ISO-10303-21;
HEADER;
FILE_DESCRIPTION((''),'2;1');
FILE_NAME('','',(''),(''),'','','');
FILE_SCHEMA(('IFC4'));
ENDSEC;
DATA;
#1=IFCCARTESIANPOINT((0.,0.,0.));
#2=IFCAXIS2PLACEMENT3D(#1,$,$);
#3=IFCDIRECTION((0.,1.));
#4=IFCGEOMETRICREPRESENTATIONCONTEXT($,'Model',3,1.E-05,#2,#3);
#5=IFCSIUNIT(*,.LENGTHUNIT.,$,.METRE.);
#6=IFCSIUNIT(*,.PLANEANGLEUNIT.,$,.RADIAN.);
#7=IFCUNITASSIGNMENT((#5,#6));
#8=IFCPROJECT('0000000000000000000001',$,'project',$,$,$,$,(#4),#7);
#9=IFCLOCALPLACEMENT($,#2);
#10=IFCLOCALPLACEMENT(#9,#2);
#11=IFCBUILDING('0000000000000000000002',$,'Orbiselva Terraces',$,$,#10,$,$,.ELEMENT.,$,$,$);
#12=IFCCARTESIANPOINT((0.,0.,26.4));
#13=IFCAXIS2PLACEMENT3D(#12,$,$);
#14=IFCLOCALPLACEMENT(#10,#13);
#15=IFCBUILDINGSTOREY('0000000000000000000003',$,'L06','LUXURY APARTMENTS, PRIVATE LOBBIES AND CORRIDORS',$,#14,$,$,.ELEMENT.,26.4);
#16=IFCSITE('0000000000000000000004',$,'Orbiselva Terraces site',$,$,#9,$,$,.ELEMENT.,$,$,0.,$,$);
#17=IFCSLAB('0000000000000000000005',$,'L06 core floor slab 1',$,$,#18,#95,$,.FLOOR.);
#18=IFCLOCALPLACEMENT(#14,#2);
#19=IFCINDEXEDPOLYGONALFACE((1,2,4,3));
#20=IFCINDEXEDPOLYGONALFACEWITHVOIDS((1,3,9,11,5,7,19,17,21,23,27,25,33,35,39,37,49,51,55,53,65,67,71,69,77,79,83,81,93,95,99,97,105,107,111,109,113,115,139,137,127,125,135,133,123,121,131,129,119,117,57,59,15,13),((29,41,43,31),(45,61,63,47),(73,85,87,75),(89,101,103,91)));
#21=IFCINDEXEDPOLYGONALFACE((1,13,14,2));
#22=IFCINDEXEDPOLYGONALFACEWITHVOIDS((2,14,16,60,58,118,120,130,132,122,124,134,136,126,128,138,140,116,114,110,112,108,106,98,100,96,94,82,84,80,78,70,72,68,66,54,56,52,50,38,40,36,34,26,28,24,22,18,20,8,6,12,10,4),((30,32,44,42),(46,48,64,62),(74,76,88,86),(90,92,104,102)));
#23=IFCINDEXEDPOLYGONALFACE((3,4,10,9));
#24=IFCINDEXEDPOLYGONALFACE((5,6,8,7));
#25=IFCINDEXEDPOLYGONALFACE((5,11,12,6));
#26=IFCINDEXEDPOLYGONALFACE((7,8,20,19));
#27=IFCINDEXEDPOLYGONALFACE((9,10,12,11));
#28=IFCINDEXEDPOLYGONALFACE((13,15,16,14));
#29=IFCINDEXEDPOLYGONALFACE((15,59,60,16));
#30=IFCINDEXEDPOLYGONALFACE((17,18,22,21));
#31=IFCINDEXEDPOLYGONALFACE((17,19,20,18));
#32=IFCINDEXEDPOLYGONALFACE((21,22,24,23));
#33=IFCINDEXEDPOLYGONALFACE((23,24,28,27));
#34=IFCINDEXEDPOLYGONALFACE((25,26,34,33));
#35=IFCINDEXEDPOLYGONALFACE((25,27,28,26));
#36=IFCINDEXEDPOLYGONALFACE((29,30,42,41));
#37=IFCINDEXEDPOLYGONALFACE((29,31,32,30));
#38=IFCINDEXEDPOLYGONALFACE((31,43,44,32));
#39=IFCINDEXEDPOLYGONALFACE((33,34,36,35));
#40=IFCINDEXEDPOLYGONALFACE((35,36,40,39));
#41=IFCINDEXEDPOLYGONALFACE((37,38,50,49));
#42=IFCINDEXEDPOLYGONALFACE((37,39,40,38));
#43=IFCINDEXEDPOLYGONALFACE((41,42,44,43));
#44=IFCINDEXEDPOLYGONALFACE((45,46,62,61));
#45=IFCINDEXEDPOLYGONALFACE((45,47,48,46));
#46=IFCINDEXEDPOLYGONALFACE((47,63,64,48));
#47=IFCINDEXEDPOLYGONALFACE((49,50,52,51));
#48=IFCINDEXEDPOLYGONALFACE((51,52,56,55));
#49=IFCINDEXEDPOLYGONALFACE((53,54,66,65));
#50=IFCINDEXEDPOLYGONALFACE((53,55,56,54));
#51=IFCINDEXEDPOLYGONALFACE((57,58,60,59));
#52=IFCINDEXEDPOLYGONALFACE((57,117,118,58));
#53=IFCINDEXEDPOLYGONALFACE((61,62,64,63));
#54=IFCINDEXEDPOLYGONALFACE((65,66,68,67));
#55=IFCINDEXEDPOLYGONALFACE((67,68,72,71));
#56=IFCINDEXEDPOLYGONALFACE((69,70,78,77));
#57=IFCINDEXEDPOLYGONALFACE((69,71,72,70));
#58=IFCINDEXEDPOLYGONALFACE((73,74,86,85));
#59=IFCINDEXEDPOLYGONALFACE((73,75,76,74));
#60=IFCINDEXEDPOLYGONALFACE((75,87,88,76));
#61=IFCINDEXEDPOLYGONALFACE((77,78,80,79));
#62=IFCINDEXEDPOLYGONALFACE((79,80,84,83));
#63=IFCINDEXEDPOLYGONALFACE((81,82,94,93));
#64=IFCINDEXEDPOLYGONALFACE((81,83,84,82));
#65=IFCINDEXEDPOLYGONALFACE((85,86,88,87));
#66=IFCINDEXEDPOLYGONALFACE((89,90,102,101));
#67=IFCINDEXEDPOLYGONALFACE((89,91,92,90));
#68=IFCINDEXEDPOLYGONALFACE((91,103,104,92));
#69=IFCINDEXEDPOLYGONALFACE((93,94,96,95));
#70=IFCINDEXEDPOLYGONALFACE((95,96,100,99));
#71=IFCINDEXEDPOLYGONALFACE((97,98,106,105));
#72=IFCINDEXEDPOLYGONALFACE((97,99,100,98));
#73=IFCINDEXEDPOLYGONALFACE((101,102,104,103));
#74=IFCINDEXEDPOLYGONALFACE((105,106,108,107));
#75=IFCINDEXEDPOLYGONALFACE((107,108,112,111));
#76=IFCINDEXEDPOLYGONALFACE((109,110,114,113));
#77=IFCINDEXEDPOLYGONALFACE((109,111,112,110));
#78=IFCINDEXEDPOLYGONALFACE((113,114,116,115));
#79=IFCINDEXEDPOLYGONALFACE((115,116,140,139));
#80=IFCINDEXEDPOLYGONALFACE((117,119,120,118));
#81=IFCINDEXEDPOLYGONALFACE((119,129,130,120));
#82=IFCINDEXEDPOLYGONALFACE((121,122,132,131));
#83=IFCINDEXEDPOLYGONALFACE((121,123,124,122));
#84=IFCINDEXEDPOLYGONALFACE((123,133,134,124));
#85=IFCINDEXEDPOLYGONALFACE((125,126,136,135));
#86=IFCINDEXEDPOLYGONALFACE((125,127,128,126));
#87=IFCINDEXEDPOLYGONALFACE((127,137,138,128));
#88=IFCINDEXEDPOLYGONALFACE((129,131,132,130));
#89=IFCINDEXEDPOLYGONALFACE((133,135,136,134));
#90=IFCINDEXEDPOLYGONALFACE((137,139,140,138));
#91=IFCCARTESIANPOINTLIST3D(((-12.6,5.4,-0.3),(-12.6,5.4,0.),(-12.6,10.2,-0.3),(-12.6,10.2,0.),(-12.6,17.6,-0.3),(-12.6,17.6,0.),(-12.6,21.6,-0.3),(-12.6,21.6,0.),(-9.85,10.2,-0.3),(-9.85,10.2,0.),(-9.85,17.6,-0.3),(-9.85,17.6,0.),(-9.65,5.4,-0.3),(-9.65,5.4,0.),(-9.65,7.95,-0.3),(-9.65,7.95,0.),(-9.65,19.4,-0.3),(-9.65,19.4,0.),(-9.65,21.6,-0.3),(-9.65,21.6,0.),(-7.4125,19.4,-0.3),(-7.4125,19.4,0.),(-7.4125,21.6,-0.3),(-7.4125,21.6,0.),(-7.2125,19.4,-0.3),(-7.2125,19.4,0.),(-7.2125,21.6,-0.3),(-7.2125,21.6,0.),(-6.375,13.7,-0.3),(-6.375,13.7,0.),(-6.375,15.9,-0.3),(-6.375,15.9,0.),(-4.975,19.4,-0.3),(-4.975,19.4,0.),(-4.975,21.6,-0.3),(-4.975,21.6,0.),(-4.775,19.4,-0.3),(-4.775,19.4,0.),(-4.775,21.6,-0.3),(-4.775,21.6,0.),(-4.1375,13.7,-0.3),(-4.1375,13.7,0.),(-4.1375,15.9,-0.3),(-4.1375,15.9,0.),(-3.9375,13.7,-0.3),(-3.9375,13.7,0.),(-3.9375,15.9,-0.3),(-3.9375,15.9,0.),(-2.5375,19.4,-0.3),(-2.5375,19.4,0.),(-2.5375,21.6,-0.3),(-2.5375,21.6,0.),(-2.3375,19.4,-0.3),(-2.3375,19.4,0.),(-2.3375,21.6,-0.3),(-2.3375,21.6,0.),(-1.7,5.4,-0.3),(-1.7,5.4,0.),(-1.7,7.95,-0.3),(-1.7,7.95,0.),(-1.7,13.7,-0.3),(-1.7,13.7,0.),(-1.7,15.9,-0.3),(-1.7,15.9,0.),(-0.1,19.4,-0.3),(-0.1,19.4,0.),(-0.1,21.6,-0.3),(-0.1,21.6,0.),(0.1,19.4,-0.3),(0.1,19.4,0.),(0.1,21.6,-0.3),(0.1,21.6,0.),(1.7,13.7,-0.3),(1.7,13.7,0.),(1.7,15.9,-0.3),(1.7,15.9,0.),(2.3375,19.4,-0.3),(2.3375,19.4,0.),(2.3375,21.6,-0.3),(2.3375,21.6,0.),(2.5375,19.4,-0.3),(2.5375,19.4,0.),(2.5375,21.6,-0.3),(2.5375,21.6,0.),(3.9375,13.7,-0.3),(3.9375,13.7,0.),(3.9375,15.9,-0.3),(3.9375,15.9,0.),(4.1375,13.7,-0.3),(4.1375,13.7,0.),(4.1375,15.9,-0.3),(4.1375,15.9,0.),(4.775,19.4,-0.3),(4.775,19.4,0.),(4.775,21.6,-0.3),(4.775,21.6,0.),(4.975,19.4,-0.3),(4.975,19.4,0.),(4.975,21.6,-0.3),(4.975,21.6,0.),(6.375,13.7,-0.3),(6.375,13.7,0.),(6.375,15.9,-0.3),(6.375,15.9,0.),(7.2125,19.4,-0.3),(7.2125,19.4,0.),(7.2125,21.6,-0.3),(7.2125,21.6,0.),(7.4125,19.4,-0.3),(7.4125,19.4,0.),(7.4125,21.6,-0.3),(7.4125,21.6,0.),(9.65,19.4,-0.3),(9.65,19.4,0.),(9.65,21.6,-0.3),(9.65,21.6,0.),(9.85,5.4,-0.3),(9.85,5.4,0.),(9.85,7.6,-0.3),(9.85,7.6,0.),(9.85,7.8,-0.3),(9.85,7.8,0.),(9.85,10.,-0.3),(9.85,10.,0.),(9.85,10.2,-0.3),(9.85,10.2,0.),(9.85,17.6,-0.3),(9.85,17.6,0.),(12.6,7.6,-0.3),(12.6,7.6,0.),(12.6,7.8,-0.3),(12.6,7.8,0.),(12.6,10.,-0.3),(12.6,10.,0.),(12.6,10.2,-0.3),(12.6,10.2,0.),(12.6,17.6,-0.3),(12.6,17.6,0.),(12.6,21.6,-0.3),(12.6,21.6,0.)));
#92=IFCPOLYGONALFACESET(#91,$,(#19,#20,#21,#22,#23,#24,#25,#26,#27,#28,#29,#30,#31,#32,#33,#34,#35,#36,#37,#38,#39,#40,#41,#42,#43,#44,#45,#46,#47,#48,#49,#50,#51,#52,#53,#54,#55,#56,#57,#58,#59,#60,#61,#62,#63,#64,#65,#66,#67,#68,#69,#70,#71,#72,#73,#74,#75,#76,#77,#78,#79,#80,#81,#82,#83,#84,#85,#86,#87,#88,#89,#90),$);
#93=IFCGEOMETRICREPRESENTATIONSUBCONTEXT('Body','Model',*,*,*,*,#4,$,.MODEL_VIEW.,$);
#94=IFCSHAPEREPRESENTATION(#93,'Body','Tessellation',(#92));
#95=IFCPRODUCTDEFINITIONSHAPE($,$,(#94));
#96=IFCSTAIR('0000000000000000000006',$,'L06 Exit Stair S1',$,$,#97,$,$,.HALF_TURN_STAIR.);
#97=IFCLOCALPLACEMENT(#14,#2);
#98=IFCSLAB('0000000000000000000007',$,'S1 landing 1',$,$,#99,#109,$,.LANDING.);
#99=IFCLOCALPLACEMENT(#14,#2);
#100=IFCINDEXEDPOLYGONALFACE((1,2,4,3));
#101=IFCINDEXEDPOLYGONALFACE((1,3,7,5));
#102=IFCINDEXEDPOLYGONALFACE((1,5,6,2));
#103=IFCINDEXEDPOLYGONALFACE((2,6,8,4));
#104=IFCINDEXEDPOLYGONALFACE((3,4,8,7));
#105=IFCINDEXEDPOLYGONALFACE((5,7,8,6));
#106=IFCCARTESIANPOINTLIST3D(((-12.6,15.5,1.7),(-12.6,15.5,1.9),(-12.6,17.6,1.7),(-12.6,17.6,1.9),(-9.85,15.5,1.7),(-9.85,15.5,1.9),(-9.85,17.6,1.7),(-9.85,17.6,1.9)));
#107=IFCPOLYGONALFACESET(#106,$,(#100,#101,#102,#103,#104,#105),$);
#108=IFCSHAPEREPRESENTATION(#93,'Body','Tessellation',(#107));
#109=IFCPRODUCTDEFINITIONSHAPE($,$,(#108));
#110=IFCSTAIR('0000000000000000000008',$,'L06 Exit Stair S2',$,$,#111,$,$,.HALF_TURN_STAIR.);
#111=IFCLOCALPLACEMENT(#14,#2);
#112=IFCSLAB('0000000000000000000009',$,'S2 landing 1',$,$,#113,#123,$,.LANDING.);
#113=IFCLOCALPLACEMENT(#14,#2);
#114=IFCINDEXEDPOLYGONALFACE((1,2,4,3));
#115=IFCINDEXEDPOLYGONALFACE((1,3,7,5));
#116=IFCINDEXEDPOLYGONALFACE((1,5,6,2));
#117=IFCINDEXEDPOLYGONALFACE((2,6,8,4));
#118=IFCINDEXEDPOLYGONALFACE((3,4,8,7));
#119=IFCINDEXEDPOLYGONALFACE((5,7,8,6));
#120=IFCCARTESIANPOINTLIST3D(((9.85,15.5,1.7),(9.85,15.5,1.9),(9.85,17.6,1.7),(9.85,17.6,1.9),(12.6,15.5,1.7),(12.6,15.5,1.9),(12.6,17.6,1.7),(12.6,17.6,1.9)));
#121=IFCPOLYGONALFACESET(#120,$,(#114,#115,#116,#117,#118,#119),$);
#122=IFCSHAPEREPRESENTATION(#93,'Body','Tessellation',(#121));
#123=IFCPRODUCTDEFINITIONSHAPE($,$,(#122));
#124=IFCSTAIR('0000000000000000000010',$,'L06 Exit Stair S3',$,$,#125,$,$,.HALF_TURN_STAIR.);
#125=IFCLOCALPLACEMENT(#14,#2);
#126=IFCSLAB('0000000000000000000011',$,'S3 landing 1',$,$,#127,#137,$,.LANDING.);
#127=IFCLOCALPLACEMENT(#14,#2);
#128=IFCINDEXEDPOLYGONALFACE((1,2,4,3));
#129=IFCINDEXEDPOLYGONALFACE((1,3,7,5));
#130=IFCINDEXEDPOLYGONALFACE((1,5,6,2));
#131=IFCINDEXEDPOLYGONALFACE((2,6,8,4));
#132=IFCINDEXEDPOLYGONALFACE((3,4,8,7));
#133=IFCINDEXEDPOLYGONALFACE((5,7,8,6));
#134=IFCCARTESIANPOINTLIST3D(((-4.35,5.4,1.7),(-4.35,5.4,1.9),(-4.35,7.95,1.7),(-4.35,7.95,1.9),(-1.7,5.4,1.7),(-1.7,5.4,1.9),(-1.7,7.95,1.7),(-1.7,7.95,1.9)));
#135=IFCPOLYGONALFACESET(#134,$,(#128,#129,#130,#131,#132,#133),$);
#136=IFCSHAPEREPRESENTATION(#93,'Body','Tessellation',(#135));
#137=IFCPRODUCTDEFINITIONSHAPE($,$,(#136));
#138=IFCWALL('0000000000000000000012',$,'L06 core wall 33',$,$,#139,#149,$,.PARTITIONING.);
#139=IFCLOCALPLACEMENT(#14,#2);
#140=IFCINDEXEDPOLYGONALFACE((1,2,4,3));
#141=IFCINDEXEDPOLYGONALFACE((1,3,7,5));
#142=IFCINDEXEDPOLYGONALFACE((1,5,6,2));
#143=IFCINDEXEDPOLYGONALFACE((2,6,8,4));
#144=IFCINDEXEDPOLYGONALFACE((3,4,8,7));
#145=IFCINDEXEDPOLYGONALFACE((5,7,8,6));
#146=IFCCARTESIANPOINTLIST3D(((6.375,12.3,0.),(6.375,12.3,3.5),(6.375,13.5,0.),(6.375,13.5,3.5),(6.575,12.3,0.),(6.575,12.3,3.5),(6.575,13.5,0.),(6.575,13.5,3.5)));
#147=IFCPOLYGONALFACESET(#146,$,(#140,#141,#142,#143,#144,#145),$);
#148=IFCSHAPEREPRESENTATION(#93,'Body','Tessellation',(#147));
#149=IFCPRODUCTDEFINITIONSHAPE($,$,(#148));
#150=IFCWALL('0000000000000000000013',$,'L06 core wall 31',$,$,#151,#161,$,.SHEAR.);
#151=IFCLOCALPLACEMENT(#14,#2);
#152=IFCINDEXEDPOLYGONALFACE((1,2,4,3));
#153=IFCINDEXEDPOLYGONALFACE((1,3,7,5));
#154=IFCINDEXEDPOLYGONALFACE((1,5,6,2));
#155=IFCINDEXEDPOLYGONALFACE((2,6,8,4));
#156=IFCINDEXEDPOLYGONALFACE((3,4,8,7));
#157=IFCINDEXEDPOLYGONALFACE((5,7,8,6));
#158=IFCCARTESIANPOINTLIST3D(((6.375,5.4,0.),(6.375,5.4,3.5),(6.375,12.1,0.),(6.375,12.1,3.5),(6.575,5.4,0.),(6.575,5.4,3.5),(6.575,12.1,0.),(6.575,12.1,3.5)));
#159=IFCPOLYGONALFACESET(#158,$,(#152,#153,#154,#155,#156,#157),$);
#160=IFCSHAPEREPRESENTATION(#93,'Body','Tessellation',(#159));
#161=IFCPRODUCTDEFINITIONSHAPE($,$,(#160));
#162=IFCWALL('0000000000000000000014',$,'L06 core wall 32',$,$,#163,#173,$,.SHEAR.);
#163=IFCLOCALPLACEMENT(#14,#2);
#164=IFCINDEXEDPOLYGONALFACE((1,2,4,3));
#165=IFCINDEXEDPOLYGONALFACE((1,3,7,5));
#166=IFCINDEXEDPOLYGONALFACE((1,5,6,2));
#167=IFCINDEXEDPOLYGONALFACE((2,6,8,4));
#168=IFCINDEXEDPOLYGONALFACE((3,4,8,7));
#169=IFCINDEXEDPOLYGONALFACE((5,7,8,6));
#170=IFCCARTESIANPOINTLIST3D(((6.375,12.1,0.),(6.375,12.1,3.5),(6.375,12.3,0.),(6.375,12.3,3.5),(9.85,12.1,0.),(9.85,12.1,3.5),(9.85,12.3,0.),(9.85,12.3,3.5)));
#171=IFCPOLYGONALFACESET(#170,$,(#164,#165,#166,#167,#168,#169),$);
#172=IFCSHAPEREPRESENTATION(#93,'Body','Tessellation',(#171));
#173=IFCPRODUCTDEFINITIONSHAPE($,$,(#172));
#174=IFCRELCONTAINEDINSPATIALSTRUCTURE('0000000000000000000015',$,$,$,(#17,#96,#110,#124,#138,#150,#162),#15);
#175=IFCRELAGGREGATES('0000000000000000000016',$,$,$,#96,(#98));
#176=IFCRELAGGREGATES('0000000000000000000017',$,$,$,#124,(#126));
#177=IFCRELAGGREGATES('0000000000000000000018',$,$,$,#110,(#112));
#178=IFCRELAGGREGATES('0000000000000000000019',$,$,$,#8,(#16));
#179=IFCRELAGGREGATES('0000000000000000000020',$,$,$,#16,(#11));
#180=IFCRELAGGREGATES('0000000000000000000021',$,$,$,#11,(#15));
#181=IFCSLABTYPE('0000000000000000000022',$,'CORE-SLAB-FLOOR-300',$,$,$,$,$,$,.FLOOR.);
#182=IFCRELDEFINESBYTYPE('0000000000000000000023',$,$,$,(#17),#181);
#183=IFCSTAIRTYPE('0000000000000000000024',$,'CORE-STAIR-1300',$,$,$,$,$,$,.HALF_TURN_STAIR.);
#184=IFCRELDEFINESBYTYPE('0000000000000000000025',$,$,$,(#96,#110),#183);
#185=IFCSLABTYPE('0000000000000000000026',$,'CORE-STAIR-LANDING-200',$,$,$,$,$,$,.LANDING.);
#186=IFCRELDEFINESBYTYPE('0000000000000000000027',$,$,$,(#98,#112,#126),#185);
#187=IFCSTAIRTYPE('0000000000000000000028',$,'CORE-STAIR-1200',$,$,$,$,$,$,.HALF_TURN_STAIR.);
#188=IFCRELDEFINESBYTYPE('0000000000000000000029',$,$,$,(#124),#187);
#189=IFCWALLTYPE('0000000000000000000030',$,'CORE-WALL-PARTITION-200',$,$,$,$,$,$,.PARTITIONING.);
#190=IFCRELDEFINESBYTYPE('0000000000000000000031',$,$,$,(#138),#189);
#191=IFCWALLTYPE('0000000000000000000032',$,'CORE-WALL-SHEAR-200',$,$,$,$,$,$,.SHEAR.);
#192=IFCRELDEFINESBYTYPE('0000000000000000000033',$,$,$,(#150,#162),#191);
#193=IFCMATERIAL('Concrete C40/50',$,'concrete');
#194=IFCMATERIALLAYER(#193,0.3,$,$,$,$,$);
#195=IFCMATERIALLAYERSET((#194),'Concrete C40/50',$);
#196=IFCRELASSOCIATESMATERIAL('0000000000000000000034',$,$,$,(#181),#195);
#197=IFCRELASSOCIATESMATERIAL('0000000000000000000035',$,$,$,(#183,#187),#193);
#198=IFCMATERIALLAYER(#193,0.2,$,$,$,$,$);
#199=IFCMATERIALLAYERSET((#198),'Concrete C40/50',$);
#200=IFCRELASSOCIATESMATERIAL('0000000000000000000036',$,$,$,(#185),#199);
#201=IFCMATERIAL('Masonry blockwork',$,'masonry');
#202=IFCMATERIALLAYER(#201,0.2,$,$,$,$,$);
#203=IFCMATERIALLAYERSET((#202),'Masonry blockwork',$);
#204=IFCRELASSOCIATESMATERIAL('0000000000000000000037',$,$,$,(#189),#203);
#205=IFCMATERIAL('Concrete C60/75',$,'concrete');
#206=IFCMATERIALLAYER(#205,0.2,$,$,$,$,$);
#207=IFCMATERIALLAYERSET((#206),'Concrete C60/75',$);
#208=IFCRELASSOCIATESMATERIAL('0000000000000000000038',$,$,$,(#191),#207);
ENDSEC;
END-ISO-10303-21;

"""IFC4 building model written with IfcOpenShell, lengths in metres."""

from ifc_helpers import new_model, si_unit, direction, frame, frame_2d, origin, place, context, subcontext, project, spatial, polyline, rectangle, outline, extrude, material, layer, layer_set, type_object, element, aggregate, save


model = new_model("IFC4")

# Units and contexts
model_context = context("Model", 3, precision=1e-05, world=origin(), true_north=direction((0.0, 1.0)))
body_context = subcontext(model_context, "Body", "Model", "MODEL_VIEW")
ifc_project = project(units=[si_unit("LENGTHUNIT", "METRE"), si_unit("PLANEANGLEUNIT", "RADIAN")], contexts=[model_context])

# Site, building, storey
site_placement = place(None, origin())
site = spatial("IfcSite", under=ifc_project, at=site_placement, Name="Orbiselva Terraces site", CompositionType="ELEMENT", RefElevation=0.0)
building_placement = place(site_placement, origin())
building = spatial("IfcBuilding", under=site, at=building_placement, Name="Orbiselva Terraces", CompositionType="ELEMENT")
storey_placement = place(building_placement, frame((0.0, 0.0, 26.4)))
storey = spatial("IfcBuildingStorey", under=building, at=storey_placement, Name="L06", Description="LUXURY APARTMENTS, PRIVATE LOBBIES AND CORRIDORS", CompositionType="ELEMENT", Elevation=26.4)

# Slab
ifc_material_1 = material(Name="Concrete C40/50", Category="concrete")
ifc_layer_1 = layer(ifc_material_1, 0.3)
ifc_layer_set_1 = layer_set([ifc_layer_1], Name="Concrete C40/50")
slab_type_1 = type_object("IfcSlabType", Name="CORE-SLAB-FLOOR-300", PredefinedType="FLOOR", material=ifc_layer_set_1)
slab_1_placement = place(storey_placement, frame((0.0, 0.0, -0.3)))
element("IfcSlab", 1, at=slab_1_placement, inside=storey, type_object=slab_type_1, Name="L06 core floor slab 1", PredefinedType="FLOOR", context=body_context, shape_type="SweptSolid", body=[
    extrude(outline(polyline([(-1.7, 5.4), (-1.7, 7.95), (-9.65, 7.95), (-9.65, 5.4), (-12.6, 5.4), (-12.6, 10.2), (-9.85, 10.2), (-9.85, 17.6), (-12.6, 17.6), (-12.6, 21.6), (-9.65, 21.6), (-9.65, 19.4), (-7.4125, 19.4), (-7.4125, 21.6), (-7.2125, 21.6), (-7.2125, 19.4), (-4.975, 19.4), (-4.975, 21.6), (-4.775, 21.6), (-4.775, 19.4), (-2.5375, 19.4), (-2.5375, 21.6), (-2.3375, 21.6), (-2.3375, 19.4), (-0.1, 19.4), (-0.1, 21.6), (0.1, 21.6), (0.1, 19.4), (2.3375, 19.4), (2.3375, 21.6), (2.5375, 21.6), (2.5375, 19.4), (4.775, 19.4), (4.775, 21.6), (4.975, 21.6), (4.975, 19.4), (7.2125, 19.4), (7.2125, 21.6), (7.4125, 21.6), (7.4125, 19.4), (9.65, 19.4), (9.65, 21.6), (12.6, 21.6), (12.6, 17.6), (9.85, 17.6), (9.85, 10.2), (12.6, 10.2), (12.6, 10.0), (9.85, 10.0), (9.85, 7.8), (12.6, 7.8), (12.6, 7.6), (9.85, 7.6), (9.85, 5.4), (-1.7, 5.4)]), holes=[polyline([(-4.1375, 13.7), (-4.1375, 15.9), (-6.375, 15.9), (-6.375, 13.7), (-4.1375, 13.7)]), polyline([(-1.7, 13.7), (-1.7, 15.9), (-3.9375, 15.9), (-3.9375, 13.7), (-1.7, 13.7)]), polyline([(3.9375, 13.7), (3.9375, 15.9), (1.7, 15.9), (1.7, 13.7), (3.9375, 13.7)]), polyline([(6.375, 13.7), (6.375, 15.9), (4.1375, 15.9), (4.1375, 13.7), (6.375, 13.7)])]), origin(), (0.0, 0.0, 1.0), 0.3),
])

# Stairs, slabs
stair_type_1 = type_object("IfcStairType", Name="CORE-STAIR-1300", PredefinedType="HALF_TURN_STAIR", material=ifc_material_1)
stair_1_placement = place(storey_placement, origin())
stair_1 = element("IfcStair", 2, at=stair_1_placement, inside=storey, type_object=stair_type_1, Name="L06 Exit Stair S1", PredefinedType="HALF_TURN_STAIR")
ifc_layer_2 = layer(ifc_material_1, 0.2)
ifc_layer_set_2 = layer_set([ifc_layer_2], Name="Concrete C40/50")
slab_type_2 = type_object("IfcSlabType", Name="CORE-STAIR-LANDING-200", PredefinedType="LANDING", material=ifc_layer_set_2)
slab_2_placement = place(storey_placement, frame((0.0, 0.0, 1.7)))
slab_2 = element("IfcSlab", 3, at=slab_2_placement, type_object=slab_type_2, Name="S1 landing 1", PredefinedType="LANDING", context=body_context, shape_type="SweptSolid", body=[
    extrude(outline(polyline([(-9.85, 15.5), (-9.85, 17.6), (-12.6, 17.6), (-12.6, 15.5), (-9.85, 15.5)])), origin(), (0.0, 0.0, 1.0), 0.2),
])
aggregate(stair_1, [slab_2])
stair_2_placement = place(storey_placement, origin())
stair_2 = element("IfcStair", 4, at=stair_2_placement, inside=storey, type_object=stair_type_1, Name="L06 Exit Stair S2", PredefinedType="HALF_TURN_STAIR")
slab_3_placement = place(storey_placement, frame((0.0, 0.0, 1.7)))
slab_3 = element("IfcSlab", 5, at=slab_3_placement, type_object=slab_type_2, Name="S2 landing 1", PredefinedType="LANDING", context=body_context, shape_type="SweptSolid", body=[
    extrude(outline(polyline([(12.6, 15.5), (12.6, 17.6), (9.85, 17.6), (9.85, 15.5), (12.6, 15.5)])), origin(), (0.0, 0.0, 1.0), 0.2),
])
stair_type_2 = type_object("IfcStairType", Name="CORE-STAIR-1200", PredefinedType="HALF_TURN_STAIR", material=ifc_material_1)
stair_3_placement = place(storey_placement, origin())
stair_3 = element("IfcStair", 6, at=stair_3_placement, inside=storey, type_object=stair_type_2, Name="L06 Exit Stair S3", PredefinedType="HALF_TURN_STAIR")
slab_4_placement = place(storey_placement, frame((0.0, 0.0, 1.7)))
slab_4 = element("IfcSlab", 7, at=slab_4_placement, type_object=slab_type_2, Name="S3 landing 1", PredefinedType="LANDING", context=body_context, shape_type="SweptSolid", body=[
    extrude(outline(polyline([(-4.35, 5.4), (-1.7, 5.4), (-1.7, 7.95), (-4.35, 7.95), (-4.35, 5.4)])), origin(), (0.0, 0.0, 1.0), 0.2),
])
aggregate(stair_3, [slab_4])

# Walls
ifc_material_2 = material(Name="Masonry blockwork", Category="masonry")
ifc_layer_3 = layer(ifc_material_2, 0.2)
ifc_layer_set_3 = layer_set([ifc_layer_3], Name="Masonry blockwork")
wall_type_1 = type_object("IfcWallType", Name="CORE-WALL-PARTITION-200", PredefinedType="PARTITIONING", material=ifc_layer_set_3)
wall_1_placement = place(storey_placement, frame((6.475, 12.3, 0.0), z_axis=(0.0, 0.0, 1.0), x_axis=(0.0, 1.0, 0.0)))
element("IfcWall", 8, at=wall_1_placement, inside=storey, type_object=wall_type_1, Name="L06 core wall 33", PredefinedType="PARTITIONING", context=body_context, shape_type="SweptSolid", body=[
    extrude(rectangle(XDim=1.2, YDim=0.2, at=frame_2d((0.6, 0.0))), origin(), (0.0, 0.0, 1.0), 3.5),
])
ifc_material_3 = material(Name="Concrete C60/75", Category="concrete")
ifc_layer_4 = layer(ifc_material_3, 0.2)
ifc_layer_set_4 = layer_set([ifc_layer_4], Name="Concrete C60/75")
wall_type_2 = type_object("IfcWallType", Name="CORE-WALL-SHEAR-200", PredefinedType="SHEAR", material=ifc_layer_set_4)
wall_2_placement = place(storey_placement, frame((6.475, 5.4, 0.0), z_axis=(0.0, 0.0, 1.0), x_axis=(0.0, 1.0, 0.0)))
element("IfcWall", 9, at=wall_2_placement, inside=storey, type_object=wall_type_2, Name="L06 core wall 31", PredefinedType="SHEAR", context=body_context, shape_type="SweptSolid", body=[
    extrude(rectangle(XDim=6.7, YDim=0.2, at=frame_2d((3.35, 0.0))), origin(), (0.0, 0.0, 1.0), 3.5),
])
wall_3_placement = place(storey_placement, frame((6.375, 12.2, 0.0), z_axis=(0.0, 0.0, 1.0), x_axis=(1.0, 0.0, 0.0)))
element("IfcWall", 10, at=wall_3_placement, inside=storey, type_object=wall_type_2, Name="L06 core wall 32", PredefinedType="SHEAR", context=body_context, shape_type="SweptSolid", body=[
    extrude(rectangle(XDim=3.475, YDim=0.2, at=frame_2d((1.7375, 0.0))), origin(), (0.0, 0.0, 1.0), 3.5),
])

aggregate(stair_2, [slab_3])

save(model, "model.ifc")
